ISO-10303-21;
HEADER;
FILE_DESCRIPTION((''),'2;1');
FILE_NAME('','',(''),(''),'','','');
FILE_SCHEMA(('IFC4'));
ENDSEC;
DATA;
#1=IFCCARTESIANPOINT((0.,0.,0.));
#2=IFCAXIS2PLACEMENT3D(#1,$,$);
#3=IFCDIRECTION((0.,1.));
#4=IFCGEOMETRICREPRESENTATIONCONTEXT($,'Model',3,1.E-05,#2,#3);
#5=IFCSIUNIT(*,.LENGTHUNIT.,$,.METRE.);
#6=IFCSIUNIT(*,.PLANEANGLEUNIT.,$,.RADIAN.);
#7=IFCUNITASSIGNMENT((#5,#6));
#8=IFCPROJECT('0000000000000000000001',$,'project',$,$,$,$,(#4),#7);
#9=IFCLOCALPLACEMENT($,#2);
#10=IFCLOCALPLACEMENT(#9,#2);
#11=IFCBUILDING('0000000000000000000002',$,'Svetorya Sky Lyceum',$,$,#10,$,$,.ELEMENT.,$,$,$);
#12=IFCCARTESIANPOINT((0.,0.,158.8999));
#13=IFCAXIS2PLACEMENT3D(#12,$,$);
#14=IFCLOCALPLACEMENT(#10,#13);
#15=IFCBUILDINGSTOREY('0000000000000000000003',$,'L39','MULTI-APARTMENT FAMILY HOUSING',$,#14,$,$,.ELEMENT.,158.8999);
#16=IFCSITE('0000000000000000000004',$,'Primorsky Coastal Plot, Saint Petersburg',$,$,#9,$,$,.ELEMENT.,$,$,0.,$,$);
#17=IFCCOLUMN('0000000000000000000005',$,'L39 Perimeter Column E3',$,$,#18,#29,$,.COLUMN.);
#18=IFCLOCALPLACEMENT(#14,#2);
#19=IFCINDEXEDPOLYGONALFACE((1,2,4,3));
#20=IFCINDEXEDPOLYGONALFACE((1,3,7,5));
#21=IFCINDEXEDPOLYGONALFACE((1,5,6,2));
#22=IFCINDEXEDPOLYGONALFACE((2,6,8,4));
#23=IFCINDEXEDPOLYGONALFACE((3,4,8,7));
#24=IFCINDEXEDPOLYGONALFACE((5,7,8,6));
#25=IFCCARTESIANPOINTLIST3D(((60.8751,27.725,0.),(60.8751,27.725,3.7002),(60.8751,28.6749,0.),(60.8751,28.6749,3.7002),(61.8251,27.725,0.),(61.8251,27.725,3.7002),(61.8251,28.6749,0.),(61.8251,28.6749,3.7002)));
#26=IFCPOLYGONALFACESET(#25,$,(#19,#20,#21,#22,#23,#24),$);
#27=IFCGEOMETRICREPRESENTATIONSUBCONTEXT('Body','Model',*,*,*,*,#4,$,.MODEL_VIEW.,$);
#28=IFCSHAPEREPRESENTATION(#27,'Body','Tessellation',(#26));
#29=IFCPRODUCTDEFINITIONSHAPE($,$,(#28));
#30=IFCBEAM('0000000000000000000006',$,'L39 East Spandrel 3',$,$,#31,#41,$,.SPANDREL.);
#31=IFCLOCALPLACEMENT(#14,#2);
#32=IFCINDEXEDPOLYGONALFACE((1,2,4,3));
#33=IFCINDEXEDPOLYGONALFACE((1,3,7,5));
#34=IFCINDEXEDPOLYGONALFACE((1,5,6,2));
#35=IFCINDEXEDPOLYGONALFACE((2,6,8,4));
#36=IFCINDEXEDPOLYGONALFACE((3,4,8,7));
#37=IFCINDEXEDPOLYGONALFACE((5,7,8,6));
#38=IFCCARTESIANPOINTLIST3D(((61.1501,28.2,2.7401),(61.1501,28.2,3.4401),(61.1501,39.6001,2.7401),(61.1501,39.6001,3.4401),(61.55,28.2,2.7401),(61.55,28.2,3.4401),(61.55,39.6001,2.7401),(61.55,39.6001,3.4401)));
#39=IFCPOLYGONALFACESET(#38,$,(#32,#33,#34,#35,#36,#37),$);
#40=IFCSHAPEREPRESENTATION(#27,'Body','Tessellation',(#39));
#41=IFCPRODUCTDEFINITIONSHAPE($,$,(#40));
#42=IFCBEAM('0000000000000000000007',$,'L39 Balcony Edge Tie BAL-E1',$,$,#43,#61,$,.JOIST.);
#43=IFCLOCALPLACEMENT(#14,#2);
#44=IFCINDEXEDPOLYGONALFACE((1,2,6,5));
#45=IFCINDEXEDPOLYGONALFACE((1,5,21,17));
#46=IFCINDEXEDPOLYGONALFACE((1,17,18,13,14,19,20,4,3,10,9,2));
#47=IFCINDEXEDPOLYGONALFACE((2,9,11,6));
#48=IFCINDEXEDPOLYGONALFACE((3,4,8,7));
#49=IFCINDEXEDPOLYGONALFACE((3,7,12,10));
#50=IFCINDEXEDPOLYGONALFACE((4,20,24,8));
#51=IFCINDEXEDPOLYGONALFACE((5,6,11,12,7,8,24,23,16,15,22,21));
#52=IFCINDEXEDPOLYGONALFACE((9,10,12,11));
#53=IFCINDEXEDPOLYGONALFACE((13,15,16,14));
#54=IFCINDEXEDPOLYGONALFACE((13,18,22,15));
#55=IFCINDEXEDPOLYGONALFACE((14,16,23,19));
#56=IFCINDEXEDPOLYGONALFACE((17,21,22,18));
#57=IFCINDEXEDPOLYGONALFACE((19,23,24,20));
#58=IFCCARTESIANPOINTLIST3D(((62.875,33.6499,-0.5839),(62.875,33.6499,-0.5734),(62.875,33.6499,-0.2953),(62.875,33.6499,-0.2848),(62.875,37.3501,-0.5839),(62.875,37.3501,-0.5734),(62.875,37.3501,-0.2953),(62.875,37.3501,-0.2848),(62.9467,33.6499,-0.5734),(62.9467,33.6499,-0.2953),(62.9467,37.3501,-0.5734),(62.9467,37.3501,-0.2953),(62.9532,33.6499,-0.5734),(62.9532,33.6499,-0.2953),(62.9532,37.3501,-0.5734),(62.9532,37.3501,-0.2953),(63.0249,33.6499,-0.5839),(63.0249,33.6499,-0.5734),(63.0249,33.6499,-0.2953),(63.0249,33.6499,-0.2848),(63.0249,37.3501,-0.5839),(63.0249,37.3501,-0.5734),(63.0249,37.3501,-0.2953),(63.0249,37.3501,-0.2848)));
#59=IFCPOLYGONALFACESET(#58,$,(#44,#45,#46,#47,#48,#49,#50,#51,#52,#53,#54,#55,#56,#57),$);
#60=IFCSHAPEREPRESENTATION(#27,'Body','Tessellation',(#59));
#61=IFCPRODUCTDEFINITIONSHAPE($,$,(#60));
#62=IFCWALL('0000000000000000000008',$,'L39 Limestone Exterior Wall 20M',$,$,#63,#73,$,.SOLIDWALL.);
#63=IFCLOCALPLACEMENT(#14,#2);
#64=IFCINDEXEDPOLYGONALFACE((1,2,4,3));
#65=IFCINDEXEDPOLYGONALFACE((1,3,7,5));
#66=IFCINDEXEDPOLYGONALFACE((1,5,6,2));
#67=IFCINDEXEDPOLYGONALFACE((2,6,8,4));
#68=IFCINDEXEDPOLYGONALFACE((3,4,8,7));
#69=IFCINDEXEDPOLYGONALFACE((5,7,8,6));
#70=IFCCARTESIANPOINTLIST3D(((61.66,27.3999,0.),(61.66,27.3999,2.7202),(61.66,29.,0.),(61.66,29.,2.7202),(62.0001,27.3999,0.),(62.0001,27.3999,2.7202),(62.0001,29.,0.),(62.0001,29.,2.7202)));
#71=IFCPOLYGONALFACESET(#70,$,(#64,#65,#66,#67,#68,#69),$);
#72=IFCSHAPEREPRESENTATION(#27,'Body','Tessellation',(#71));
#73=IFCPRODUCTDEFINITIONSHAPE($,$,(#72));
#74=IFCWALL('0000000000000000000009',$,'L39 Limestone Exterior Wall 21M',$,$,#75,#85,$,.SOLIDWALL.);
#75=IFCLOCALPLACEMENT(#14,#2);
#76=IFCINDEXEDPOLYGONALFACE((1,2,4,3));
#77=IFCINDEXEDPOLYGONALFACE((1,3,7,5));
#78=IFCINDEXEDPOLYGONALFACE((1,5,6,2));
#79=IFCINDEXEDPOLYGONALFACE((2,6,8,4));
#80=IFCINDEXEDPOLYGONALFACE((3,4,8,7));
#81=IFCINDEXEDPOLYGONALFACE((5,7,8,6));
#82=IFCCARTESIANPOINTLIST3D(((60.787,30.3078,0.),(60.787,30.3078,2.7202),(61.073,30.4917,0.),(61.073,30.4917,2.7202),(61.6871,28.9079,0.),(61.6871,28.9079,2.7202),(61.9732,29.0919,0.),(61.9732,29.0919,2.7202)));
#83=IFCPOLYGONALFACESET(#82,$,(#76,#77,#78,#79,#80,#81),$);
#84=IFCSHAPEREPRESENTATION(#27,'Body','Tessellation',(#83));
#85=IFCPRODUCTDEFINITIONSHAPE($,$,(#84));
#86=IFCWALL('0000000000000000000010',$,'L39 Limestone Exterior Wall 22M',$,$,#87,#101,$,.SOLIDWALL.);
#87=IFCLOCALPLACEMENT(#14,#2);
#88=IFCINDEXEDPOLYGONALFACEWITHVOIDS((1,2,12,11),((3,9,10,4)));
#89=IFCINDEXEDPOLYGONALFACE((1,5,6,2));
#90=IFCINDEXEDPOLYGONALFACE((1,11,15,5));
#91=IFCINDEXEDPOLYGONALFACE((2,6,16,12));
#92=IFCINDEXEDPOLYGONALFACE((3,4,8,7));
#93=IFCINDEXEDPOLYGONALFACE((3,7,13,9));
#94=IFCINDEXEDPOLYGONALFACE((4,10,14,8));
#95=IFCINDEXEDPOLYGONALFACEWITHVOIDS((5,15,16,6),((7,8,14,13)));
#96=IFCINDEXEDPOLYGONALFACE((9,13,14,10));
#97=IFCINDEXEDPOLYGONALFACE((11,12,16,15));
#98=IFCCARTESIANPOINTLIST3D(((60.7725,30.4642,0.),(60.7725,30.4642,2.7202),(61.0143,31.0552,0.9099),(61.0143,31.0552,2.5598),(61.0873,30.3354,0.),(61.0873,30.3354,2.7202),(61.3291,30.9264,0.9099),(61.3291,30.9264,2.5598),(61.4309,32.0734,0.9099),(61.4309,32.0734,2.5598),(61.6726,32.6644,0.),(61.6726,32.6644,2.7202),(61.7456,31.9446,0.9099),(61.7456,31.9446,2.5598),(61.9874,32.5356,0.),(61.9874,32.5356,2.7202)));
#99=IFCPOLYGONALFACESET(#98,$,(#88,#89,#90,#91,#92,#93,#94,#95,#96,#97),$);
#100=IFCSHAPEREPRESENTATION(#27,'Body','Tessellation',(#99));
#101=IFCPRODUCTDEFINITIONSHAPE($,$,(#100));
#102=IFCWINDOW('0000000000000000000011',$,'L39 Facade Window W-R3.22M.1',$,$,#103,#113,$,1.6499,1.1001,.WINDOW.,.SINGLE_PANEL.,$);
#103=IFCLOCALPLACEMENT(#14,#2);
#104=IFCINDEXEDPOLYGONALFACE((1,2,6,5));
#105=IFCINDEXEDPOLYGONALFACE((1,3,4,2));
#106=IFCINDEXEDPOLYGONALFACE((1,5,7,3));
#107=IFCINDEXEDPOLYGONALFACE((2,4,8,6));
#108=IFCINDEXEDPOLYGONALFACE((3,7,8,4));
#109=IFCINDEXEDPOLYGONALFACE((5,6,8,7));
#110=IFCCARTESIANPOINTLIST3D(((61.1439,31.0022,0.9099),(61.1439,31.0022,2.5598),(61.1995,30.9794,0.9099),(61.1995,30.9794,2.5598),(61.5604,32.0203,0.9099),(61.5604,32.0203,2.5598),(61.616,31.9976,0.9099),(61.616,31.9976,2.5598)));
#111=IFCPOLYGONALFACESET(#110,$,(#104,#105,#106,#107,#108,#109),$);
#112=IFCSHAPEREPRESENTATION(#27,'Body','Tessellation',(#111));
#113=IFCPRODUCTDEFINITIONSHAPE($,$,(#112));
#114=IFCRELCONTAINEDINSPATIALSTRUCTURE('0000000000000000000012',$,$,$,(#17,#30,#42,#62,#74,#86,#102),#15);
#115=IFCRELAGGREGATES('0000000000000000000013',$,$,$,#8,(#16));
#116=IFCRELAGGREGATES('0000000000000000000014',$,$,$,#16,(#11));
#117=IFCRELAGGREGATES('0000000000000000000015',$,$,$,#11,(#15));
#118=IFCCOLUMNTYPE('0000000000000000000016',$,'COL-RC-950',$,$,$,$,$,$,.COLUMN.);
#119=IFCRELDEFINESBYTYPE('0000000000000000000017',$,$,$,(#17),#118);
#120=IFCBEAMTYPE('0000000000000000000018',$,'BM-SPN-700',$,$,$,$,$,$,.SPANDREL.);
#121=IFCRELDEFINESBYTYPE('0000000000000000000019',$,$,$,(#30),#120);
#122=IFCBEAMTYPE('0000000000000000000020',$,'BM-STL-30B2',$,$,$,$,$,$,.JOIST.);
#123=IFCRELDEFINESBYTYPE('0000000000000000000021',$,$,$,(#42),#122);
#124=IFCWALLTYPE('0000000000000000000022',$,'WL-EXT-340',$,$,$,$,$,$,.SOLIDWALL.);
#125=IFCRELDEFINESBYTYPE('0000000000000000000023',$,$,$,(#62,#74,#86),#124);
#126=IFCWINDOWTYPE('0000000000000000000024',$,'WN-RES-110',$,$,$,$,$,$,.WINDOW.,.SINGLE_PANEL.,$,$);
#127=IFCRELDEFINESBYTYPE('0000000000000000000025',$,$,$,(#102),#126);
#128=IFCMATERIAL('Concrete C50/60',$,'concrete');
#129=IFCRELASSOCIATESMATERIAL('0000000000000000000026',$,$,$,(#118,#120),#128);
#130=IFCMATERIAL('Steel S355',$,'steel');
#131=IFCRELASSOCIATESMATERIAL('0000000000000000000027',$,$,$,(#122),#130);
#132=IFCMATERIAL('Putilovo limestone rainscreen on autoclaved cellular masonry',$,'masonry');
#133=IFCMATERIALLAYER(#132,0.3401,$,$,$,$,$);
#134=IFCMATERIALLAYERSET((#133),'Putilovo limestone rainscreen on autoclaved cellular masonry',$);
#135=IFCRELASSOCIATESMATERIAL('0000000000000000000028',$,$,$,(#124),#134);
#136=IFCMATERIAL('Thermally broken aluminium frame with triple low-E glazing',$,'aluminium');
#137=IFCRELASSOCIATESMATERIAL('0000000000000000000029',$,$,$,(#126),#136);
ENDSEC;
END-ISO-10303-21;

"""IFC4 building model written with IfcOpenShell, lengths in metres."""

from ifc_helpers import new_model, si_unit, direction, frame, frame_2d, origin, origin_2d, place, context, subcontext, project, spatial, rectangle, i_section, extrude, material, layer, layer_set, material_profile, profile_set, type_object, element, fill, save


model = new_model("IFC4")

# Units and contexts
model_context = context("Model", 3, precision=1e-05, world=origin(), true_north=direction((0.0, 1.0)))
body_context = subcontext(model_context, "Body", "Model", "MODEL_VIEW")
ifc_project = project(units=[si_unit("LENGTHUNIT", "METRE"), si_unit("PLANEANGLEUNIT", "RADIAN")], contexts=[model_context])

# Site, building, storey
site_placement = place(None, origin())
site = spatial("IfcSite", under=ifc_project, at=site_placement, Name="Primorsky Coastal Plot, Saint Petersburg", CompositionType="ELEMENT", RefElevation=0.0)
building_placement = place(site_placement, origin())
building = spatial("IfcBuilding", under=site, at=building_placement, Name="Svetorya Sky Lyceum", CompositionType="ELEMENT")
storey_placement = place(building_placement, frame((0.0, 0.0, 158.8999)))
storey = spatial("IfcBuildingStorey", under=building, at=storey_placement, Name="L39", Description="MULTI-APARTMENT FAMILY HOUSING", CompositionType="ELEMENT", Elevation=158.8999)

# Column
ifc_material_1 = material(Name="Concrete C50/60", Category="concrete")
ifc_material_profile_1 = material_profile(ifc_material_1, rectangle(XDim=0.95, YDim=0.95, at=origin_2d()), Name="RC COL 950x950")
ifc_profile_set_1 = profile_set([ifc_material_profile_1], Name="Concrete C50/60")
column_type = type_object("IfcColumnType", Name="COL-RC-950", PredefinedType="COLUMN", material=ifc_profile_set_1)
column_placement = place(storey_placement, frame((61.3501, 28.2, 0.0), z_axis=(0.0, 0.0, 1.0), x_axis=(1.0, 0.0, 0.0)))
element("IfcColumn", 1, at=column_placement, inside=storey, type_object=column_type, Name="L39 Perimeter Column E3", PredefinedType="COLUMN", context=body_context, shape_type="SweptSolid", body=[
    extrude(rectangle(XDim=0.95, YDim=0.95, at=origin_2d()), origin(), (0.0, 0.0, 1.0), 3.7002),
])

# Beams
ifc_material_profile_2 = material_profile(ifc_material_1, rectangle(XDim=0.3999, YDim=0.7, at=origin_2d()), Name="RC SPANDREL 400x700")
ifc_profile_set_2 = profile_set([ifc_material_profile_2], Name="Concrete C50/60")
beam_type_1 = type_object("IfcBeamType", Name="BM-SPN-700", PredefinedType="SPANDREL", material=ifc_profile_set_2)
beam_1_placement = place(storey_placement, frame((61.3501, 28.2, 3.0901), z_axis=(0.0, 1.0, 0.0), x_axis=(-1.0, 0.0, 0.0)))
element("IfcBeam", 2, at=beam_1_placement, inside=storey, type_object=beam_type_1, Name="L39 East Spandrel 3", PredefinedType="SPANDREL", context=body_context, shape_type="SweptSolid", body=[
    extrude(rectangle(XDim=0.3999, YDim=0.7, at=origin_2d()), origin(), (0.0, 0.0, 1.0), 11.4001),
])
ifc_material_2 = material(Name="Steel S355", Category="steel")
ifc_material_profile_3 = material_profile(ifc_material_2, i_section(OverallWidth=0.1499, OverallDepth=0.2991, WebThickness=0.0066, FlangeThickness=0.0105, at=origin_2d()), Name="GOST 30B2")
ifc_profile_set_3 = profile_set([ifc_material_profile_3], Name="Steel S355")
beam_type_2 = type_object("IfcBeamType", Name="BM-STL-30B2", PredefinedType="JOIST", material=ifc_profile_set_3)
beam_2_placement = place(storey_placement, frame((62.95, 33.6499, -0.4343), z_axis=(0.0, 1.0, 0.0), x_axis=(-1.0, 0.0, 0.0)))
element("IfcBeam", 3, at=beam_2_placement, inside=storey, type_object=beam_type_2, Name="L39 Balcony Edge Tie BAL-E1", PredefinedType="JOIST", context=body_context, shape_type="SweptSolid", body=[
    extrude(i_section(OverallWidth=0.1499, OverallDepth=0.2991, WebThickness=0.0066, FlangeThickness=0.0105, at=origin_2d()), origin(), (0.0, 0.0, 1.0), 3.7002),
])

# Walls
ifc_material_3 = material(Name="Putilovo limestone rainscreen on autoclaved cellular masonry", Category="masonry")
ifc_layer_1 = layer(ifc_material_3, 0.3401)
ifc_layer_set_1 = layer_set([ifc_layer_1], Name="Putilovo limestone rainscreen on autoclaved cellular masonry")
wall_type_1 = type_object("IfcWallType", Name="WL-EXT-340", PredefinedType="SOLIDWALL", material=ifc_layer_set_1)
wall_1_placement = place(storey_placement, frame((61.8301, 27.3999, 0.0), z_axis=(0.0, 0.0, 1.0), x_axis=(0.0, 1.0, 0.0)))
element("IfcWall", 4, at=wall_1_placement, inside=storey, type_object=wall_type_1, Name="L39 Limestone Exterior Wall 20M", PredefinedType="SOLIDWALL", context=body_context, shape_type="SweptSolid", body=[
    extrude(rectangle(XDim=1.6001, YDim=0.3401, at=frame_2d((0.8, 0.0))), origin(), (0.0, 0.0, 1.0), 2.7202),
])
wall_2_placement = place(storey_placement, frame((61.8301, 29.0, 0.0), z_axis=(0.0, 0.0, 1.0), x_axis=(-0.540847, 0.841121, 0.0)))
element("IfcWall", 5, at=wall_2_placement, inside=storey, type_object=wall_type_1, Name="L39 Limestone Exterior Wall 21M", PredefinedType="SOLIDWALL", context=body_context, shape_type="SweptSolid", body=[
    extrude(rectangle(XDim=1.6643, YDim=0.3401, at=frame_2d((0.832, 0.0))), origin(), (0.0, 0.0, 1.0), 2.7202),
])

# Wall, opening, window
wall_3_placement = place(storey_placement, frame((60.9299, 30.3999, 0.0), z_axis=(0.0, 0.0, 1.0), x_axis=(0.378657, 0.925537, 0.0)))
wall_3 = element("IfcWall", 6, at=wall_3_placement, inside=storey, type_object=wall_type_1, Name="L39 Limestone Exterior Wall 22M", PredefinedType="SOLIDWALL", context=body_context, shape_type="SweptSolid", body=[
    extrude(rectangle(XDim=2.3772, YDim=0.3401, at=frame_2d((1.1885, 0.0))), origin(), (0.0, 0.0, 1.0), 2.7202),
])
opening_1_placement = place(wall_3_placement, frame((0.6384, 0.0, 0.9099)))
opening_1 = element("IfcOpeningElement", 7, at=opening_1_placement, cuts=wall_3, PredefinedType="OPENING", context=body_context, shape_type="SweptSolid", body=[
    extrude(rectangle(XDim=1.1001, YDim=1.6499, at=frame_2d((0.55, 0.825))), frame((0.0, 0.1799, 0.0), z_axis=(0.0, -1.0, 0.0), x_axis=(1.0, 0.0, 0.0)), (0.0, 0.0, 1.0), 0.3601),
])
ifc_material_4 = material(Name="Thermally broken aluminium frame with triple low-E glazing", Category="aluminium")
window_type_1 = type_object("IfcWindowType", Name="WN-RES-110", PartitioningType="SINGLE_PANEL", PredefinedType="WINDOW", material=ifc_material_4)
window_1_placement = place(opening_1_placement, origin())
window_1 = element("IfcWindow", 8, at=window_1_placement, inside=storey, type_object=window_type_1, Name="L39 Facade Window W-R3.22M.1", OverallHeight=1.6499, OverallWidth=1.1001, PartitioningType="SINGLE_PANEL", PredefinedType="WINDOW", context=body_context, shape_type="SweptSolid", body=[
    extrude(rectangle(XDim=1.1001, YDim=1.6499, at=frame_2d((0.55, 0.825))), frame((0.0, 0.03, 0.0), z_axis=(0.0, -1.0, 0.0), x_axis=(1.0, 0.0, 0.0)), (0.0, 0.0, 1.0), 0.0601),
])
fill(opening_1, window_1)

save(model, "model.ifc")
